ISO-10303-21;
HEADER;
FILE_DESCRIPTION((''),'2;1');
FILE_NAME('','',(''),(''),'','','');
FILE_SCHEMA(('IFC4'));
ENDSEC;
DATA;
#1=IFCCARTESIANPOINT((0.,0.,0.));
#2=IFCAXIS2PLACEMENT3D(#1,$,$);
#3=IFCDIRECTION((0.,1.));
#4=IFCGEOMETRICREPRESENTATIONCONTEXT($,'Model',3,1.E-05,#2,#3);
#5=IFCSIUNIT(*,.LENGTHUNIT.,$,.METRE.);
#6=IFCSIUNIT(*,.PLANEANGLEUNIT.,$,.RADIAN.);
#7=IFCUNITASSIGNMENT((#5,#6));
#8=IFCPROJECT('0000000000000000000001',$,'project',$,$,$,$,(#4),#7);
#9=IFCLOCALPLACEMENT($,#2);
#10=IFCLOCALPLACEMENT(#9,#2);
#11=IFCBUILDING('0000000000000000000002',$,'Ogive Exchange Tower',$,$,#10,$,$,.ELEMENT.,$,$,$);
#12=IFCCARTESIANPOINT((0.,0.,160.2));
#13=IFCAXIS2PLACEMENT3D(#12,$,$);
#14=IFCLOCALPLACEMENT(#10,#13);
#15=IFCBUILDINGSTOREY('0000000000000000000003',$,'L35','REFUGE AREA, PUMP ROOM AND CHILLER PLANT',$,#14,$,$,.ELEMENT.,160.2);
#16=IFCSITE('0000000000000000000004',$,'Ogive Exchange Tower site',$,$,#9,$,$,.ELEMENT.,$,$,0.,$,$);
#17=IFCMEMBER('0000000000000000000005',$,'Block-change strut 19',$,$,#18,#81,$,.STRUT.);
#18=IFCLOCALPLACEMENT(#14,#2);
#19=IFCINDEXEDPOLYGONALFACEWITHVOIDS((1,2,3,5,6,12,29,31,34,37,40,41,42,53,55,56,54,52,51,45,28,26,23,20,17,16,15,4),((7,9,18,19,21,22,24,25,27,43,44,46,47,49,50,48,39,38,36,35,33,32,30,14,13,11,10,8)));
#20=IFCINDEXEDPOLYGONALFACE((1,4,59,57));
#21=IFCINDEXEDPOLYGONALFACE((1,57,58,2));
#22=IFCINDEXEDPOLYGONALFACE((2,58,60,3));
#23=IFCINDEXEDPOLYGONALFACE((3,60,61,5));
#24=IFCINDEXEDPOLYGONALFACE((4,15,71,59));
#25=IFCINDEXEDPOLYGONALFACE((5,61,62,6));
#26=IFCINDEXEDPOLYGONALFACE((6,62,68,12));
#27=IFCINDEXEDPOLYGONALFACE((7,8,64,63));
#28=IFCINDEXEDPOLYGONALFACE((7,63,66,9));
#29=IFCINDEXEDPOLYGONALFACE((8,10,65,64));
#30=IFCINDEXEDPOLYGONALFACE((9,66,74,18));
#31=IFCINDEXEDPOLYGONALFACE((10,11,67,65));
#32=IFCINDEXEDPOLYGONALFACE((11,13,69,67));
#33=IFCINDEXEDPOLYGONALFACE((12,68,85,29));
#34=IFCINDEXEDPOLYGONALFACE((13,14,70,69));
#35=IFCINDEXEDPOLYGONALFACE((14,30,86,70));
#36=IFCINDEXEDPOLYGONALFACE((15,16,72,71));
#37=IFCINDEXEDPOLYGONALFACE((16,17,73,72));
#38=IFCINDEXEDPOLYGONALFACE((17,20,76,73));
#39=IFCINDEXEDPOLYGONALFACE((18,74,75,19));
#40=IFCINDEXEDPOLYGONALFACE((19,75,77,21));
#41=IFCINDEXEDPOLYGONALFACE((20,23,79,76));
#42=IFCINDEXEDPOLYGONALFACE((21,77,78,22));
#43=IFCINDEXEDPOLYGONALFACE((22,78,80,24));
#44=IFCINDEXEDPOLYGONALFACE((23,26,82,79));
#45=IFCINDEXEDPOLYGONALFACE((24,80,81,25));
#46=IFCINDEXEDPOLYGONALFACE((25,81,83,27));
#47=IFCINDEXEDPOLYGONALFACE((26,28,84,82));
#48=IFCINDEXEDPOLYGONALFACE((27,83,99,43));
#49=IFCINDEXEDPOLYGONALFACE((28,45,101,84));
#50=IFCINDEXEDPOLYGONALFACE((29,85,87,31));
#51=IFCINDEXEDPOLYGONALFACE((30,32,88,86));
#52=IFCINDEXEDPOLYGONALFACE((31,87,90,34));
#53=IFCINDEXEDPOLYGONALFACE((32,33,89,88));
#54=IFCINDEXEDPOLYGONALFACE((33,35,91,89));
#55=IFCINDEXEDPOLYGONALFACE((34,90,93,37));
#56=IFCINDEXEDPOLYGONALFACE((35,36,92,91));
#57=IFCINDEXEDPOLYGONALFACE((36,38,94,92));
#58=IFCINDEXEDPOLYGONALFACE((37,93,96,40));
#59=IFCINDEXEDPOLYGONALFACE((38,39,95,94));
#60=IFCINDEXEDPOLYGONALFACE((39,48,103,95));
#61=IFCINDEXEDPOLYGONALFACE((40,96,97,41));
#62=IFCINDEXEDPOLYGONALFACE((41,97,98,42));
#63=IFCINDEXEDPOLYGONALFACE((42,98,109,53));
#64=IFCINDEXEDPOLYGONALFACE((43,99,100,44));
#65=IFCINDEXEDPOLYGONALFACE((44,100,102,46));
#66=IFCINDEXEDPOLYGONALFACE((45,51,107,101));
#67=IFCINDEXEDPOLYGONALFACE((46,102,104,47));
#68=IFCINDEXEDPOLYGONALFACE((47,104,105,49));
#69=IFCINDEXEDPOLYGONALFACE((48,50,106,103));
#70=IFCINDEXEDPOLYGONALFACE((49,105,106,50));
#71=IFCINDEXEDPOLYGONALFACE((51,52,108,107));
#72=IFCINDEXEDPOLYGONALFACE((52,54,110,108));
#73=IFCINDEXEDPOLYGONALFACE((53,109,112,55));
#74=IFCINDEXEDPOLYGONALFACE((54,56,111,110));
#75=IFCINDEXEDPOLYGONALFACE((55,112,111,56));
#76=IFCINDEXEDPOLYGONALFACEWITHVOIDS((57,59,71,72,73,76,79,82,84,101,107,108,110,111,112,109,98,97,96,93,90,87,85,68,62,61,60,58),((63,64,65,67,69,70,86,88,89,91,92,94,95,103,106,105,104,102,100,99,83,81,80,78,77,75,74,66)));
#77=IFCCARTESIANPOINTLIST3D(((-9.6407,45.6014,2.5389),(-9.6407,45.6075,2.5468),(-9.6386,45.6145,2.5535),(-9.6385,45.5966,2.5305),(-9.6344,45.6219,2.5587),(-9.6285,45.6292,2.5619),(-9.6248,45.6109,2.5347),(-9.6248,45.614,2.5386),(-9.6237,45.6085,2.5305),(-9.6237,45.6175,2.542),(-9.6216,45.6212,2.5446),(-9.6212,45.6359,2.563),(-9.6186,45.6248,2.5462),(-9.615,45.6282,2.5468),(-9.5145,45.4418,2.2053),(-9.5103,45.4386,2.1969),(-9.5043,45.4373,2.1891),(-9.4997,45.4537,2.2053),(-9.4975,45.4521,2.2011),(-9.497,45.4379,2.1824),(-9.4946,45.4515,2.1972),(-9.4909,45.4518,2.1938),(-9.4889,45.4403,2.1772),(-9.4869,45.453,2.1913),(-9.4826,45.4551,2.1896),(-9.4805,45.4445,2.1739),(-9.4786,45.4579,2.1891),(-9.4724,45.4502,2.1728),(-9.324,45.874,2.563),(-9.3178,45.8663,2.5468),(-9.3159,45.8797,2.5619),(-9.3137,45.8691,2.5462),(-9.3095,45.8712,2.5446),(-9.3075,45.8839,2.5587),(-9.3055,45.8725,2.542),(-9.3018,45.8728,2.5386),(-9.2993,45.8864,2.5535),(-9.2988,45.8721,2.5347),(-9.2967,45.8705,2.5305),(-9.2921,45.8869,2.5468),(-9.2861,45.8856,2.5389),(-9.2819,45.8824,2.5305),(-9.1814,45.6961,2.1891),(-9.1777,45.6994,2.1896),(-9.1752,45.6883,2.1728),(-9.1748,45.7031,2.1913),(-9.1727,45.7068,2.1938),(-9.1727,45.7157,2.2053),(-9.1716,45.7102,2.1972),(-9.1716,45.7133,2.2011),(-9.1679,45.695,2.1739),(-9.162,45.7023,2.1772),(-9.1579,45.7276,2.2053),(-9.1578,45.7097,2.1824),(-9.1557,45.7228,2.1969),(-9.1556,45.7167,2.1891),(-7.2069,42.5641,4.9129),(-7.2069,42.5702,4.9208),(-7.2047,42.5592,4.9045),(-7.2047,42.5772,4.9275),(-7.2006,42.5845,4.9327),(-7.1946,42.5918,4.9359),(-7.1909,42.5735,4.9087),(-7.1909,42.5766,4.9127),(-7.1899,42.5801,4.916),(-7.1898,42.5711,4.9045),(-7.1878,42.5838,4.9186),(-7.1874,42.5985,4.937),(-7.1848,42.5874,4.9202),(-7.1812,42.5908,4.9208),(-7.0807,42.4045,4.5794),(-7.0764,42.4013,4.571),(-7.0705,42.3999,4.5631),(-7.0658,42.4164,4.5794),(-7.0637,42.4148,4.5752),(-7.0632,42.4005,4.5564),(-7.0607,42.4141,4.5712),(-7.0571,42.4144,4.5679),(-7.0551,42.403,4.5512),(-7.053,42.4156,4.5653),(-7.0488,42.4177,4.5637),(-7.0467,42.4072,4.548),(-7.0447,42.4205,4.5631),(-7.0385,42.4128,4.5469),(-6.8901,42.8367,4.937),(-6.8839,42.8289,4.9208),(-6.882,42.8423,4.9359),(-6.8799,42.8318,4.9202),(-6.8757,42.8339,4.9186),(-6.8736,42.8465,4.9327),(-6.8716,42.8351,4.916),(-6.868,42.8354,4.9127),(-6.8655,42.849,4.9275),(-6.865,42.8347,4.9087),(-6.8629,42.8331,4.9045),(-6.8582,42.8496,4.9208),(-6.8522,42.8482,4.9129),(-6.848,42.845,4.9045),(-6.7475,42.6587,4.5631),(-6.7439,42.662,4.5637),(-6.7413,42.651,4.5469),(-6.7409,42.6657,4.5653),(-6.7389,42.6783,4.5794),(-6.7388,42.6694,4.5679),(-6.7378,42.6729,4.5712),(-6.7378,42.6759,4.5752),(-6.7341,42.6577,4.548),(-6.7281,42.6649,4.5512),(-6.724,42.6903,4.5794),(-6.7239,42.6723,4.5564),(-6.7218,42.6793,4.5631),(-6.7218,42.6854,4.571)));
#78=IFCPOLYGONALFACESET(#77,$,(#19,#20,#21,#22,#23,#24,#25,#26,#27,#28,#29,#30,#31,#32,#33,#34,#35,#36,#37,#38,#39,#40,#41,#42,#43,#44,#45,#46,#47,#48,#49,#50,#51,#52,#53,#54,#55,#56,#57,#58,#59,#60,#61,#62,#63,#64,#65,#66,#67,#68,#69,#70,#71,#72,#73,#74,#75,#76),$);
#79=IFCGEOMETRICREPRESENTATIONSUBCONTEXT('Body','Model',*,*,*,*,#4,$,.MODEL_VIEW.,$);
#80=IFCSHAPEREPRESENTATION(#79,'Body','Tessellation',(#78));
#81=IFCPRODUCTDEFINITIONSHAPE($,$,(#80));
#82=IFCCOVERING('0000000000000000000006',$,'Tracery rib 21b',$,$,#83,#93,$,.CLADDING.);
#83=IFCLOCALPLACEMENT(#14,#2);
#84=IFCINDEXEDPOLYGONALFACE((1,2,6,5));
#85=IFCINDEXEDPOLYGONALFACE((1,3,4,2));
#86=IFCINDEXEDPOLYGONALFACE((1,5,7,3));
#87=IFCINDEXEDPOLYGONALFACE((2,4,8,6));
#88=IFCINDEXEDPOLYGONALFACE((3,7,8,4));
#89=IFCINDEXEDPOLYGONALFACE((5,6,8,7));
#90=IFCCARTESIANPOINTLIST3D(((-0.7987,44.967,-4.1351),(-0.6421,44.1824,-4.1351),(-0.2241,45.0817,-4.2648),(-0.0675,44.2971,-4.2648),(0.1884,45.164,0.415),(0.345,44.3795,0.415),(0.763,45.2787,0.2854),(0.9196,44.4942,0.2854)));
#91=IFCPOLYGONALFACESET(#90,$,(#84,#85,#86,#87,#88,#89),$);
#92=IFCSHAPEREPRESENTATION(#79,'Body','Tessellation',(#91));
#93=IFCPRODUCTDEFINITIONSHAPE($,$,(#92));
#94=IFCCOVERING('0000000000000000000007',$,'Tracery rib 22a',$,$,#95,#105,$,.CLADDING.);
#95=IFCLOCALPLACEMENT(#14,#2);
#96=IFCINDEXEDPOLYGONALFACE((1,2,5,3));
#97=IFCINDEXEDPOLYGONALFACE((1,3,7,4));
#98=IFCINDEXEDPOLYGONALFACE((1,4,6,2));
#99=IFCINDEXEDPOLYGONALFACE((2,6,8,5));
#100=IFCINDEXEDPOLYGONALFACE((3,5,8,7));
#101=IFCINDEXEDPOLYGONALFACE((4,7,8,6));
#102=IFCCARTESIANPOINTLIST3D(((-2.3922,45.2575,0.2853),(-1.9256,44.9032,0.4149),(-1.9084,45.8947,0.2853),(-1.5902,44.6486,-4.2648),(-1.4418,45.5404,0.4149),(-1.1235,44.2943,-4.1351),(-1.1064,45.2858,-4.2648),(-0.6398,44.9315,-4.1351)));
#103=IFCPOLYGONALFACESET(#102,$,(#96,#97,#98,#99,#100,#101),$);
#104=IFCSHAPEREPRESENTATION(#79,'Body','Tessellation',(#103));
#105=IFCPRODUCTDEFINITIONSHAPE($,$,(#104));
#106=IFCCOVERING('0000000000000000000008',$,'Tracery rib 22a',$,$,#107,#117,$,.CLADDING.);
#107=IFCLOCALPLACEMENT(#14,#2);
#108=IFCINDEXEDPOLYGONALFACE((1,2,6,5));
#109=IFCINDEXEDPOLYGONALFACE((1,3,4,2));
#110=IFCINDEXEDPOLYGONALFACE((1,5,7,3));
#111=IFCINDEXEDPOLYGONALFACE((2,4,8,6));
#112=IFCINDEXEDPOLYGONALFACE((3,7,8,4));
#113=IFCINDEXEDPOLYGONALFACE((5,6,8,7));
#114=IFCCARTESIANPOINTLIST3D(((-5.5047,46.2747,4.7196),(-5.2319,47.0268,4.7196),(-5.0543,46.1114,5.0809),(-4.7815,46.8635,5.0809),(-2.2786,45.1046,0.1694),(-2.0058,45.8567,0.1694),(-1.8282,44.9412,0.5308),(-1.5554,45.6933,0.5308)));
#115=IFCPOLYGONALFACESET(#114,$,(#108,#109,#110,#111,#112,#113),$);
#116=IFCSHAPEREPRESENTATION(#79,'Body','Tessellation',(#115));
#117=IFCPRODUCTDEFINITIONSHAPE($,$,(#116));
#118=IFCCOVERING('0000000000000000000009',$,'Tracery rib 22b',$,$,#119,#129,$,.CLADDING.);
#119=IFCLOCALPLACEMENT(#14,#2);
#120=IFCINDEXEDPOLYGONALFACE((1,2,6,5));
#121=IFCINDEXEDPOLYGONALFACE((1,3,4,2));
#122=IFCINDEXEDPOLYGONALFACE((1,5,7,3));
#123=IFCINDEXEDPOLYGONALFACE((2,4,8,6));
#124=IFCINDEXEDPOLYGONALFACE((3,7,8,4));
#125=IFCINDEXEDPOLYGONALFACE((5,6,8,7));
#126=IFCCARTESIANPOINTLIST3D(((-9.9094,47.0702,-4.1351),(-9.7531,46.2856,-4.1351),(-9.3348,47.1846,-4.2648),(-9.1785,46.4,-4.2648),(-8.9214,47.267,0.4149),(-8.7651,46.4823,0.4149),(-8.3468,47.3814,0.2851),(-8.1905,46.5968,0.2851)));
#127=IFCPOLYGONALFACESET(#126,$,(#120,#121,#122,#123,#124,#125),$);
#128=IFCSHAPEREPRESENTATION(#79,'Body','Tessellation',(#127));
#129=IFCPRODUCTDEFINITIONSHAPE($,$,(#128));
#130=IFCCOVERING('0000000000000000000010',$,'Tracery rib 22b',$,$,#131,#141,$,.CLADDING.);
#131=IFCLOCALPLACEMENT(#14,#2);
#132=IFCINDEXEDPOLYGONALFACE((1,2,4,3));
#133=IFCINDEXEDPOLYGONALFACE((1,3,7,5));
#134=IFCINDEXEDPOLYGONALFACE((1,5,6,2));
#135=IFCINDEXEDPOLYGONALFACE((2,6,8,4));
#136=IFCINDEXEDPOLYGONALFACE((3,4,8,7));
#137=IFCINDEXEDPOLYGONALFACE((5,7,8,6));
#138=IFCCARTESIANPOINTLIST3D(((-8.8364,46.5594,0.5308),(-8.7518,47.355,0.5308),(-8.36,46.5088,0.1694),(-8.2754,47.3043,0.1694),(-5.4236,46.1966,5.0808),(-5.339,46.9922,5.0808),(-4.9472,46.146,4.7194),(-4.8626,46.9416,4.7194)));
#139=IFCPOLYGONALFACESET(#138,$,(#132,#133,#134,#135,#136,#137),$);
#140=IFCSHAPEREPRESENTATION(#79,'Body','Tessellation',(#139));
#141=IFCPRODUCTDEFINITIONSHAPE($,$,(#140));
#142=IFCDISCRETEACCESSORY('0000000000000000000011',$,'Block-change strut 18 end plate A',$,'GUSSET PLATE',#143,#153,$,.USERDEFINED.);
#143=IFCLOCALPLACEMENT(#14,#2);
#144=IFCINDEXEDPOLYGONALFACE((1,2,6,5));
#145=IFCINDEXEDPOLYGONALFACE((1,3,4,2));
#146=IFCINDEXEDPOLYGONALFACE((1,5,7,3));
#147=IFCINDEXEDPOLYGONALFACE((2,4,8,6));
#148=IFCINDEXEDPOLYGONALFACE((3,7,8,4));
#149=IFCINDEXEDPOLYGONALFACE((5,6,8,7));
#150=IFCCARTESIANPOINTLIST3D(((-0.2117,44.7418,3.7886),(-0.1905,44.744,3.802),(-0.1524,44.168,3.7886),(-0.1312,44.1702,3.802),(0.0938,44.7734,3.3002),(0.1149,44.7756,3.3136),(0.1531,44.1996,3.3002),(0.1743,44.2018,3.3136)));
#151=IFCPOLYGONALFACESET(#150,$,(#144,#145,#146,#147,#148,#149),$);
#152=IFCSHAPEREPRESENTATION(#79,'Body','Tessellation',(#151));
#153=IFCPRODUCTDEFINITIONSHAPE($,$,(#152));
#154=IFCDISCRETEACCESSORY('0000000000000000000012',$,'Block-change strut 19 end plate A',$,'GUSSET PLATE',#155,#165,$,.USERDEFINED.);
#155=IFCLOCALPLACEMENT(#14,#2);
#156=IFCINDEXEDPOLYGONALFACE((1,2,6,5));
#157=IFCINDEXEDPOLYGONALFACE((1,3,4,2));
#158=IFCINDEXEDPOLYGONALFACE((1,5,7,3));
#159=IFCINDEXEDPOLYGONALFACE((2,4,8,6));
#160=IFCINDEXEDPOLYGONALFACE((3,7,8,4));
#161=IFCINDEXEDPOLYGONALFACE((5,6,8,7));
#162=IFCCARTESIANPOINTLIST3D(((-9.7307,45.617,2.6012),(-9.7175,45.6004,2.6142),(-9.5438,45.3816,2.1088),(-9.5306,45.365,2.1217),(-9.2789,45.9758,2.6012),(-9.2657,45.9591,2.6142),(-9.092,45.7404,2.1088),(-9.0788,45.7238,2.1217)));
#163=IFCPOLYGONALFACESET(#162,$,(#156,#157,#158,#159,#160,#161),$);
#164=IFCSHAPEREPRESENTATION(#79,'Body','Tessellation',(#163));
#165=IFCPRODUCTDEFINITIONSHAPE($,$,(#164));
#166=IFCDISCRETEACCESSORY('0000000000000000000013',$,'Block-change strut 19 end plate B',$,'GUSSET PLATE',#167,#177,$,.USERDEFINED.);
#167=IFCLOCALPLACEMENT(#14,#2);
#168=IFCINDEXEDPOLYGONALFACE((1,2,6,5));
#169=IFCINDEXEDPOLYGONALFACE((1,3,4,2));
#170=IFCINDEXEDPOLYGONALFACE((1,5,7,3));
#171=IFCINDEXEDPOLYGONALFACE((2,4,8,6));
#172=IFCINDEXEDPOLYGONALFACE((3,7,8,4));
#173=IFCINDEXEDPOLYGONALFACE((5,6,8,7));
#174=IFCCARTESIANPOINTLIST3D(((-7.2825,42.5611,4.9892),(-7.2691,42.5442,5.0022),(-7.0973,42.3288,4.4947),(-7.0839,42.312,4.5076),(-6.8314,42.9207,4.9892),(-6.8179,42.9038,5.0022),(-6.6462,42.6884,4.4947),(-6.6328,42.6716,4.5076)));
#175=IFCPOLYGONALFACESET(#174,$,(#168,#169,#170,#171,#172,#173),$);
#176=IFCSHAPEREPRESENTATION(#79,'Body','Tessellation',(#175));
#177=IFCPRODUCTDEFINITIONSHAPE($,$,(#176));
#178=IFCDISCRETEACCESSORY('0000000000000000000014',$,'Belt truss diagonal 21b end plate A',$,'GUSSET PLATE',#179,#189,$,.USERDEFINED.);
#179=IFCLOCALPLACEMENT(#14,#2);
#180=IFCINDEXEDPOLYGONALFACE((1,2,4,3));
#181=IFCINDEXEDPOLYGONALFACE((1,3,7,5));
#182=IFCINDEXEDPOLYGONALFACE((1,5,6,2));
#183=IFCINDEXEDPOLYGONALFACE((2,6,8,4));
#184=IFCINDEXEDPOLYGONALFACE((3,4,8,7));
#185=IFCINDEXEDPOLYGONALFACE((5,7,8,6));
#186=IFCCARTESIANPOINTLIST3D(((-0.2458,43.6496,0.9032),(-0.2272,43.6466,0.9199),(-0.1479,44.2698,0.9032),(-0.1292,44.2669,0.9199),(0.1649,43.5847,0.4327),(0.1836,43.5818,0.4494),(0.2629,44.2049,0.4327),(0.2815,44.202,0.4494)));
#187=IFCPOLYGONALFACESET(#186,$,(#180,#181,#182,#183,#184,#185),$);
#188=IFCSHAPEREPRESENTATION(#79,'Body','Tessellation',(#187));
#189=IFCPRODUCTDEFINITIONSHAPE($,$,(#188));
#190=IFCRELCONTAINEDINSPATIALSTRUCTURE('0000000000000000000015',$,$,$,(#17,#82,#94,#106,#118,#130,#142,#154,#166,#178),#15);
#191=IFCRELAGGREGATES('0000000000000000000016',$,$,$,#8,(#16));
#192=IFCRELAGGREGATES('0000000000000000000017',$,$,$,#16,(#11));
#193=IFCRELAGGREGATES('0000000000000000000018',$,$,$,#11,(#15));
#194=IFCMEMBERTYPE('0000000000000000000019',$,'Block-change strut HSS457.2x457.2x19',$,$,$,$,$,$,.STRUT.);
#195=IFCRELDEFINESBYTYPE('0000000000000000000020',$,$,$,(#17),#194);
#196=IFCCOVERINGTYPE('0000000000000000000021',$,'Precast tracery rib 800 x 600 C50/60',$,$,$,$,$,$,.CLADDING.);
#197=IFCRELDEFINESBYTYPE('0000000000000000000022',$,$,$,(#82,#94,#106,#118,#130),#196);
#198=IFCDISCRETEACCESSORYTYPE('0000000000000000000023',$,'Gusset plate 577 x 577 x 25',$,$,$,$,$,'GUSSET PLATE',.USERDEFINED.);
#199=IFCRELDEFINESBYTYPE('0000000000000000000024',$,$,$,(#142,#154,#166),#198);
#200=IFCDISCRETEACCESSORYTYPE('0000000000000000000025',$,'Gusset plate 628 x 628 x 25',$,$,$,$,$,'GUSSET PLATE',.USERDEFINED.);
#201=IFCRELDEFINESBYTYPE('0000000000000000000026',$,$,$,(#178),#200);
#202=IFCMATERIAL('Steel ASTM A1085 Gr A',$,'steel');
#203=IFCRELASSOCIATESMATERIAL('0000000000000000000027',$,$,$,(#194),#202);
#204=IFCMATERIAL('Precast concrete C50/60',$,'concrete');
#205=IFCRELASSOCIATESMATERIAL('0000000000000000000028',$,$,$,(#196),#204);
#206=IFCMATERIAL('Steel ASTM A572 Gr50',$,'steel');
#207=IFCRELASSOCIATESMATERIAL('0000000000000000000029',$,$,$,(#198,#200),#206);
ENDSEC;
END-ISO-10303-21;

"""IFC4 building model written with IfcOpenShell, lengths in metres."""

from ifc_helpers import new_model, si_unit, direction, frame, origin, origin_2d, place, context, subcontext, project, spatial, rectangle, hollow_rectangle, extrude, material, material_profile, profile_set, type_object, element, save


model = new_model("IFC4")

# Units and contexts
model_context = context("Model", 3, precision=1e-05, world=origin(), true_north=direction((0.0, 1.0)))
body_context = subcontext(model_context, "Body", "Model", "MODEL_VIEW")
ifc_project = project(units=[si_unit("LENGTHUNIT", "METRE"), si_unit("PLANEANGLEUNIT", "RADIAN")], contexts=[model_context])

# Site, building, storey
site_placement = place(None, origin())
site = spatial("IfcSite", under=ifc_project, at=site_placement, Name="Ogive Exchange Tower site", CompositionType="ELEMENT", RefElevation=0.0)
building_placement = place(site_placement, origin())
building = spatial("IfcBuilding", under=site, at=building_placement, Name="Ogive Exchange Tower", CompositionType="ELEMENT")
storey_placement = place(building_placement, frame((0.0, 0.0, 160.2)))
storey = spatial("IfcBuildingStorey", under=building, at=storey_placement, Name="L35", Description="REFUGE AREA, PUMP ROOM AND CHILLER PLANT", CompositionType="ELEMENT", Elevation=160.2)

# Shared definitions
ifc_material_1 = material(Name="Steel ASTM A1085 Gr A", Category="steel")

# Member
ifc_material_profile_1 = material_profile(ifc_material_1, hollow_rectangle(XDim=0.457, YDim=0.457, WallThickness=0.019, InnerFilletRadius=0.019, OuterFilletRadius=0.0381, at=origin_2d()), Name="HSS457.2x457.2x19")
ifc_profile_set_1 = profile_set([ifc_material_profile_1], Name="Steel ASTM A1085 Gr A")
member_type_1 = type_object("IfcMemberType", Name="Block-change strut HSS457.2x457.2x19", PredefinedType="STRUT", material=ifc_profile_set_1)
member_1_placement = place(storey_placement, frame((-9.3982, 45.6621, 2.3679), z_axis=(0.533846, -0.666223, 0.520726), x_axis=(0.780373, 0.625314, 0.0)))
element("IfcMember", 1, at=member_1_placement, inside=storey, type_object=member_type_1, Name="Block-change strut 19", PredefinedType="STRUT", context=body_context, shape_type="SweptSolid", body=[
    extrude(hollow_rectangle(XDim=0.457, YDim=0.457, WallThickness=0.019, InnerFilletRadius=0.019, OuterFilletRadius=0.0381, at=origin_2d()), origin(), (0.0, 0.0, 1.0), 4.5591),
])

# Coverings
ifc_material_2 = material(Name="Precast concrete C50/60", Category="concrete")
ifc_material_profile_2 = material_profile(ifc_material_2, rectangle(XDim=0.8, YDim=0.6001, at=origin_2d()), Name="RIB 800 x 600")
ifc_profile_set_2 = profile_set([ifc_material_profile_2], Name="Precast concrete C50/60")
covering_type = type_object("IfcCoveringType", Name="Precast tracery rib 800 x 600 C50/60", PredefinedType="CLADDING", material=ifc_profile_set_2)
for number, where, z_axis, x_axis, name in (
    (2, (-0.4331, 44.6321, -4.2), (0.211813, 0.042279, 0.976395), (-0.195743, 0.980655, 0.0), "Tracery rib 21b"),
    (3, (-1.115, 44.79, -4.2), (-0.172098, 0.130658, 0.976376), (-0.604684, -0.796466, 0.0), "Tracery rib 22a"),
):
    element("IfcCovering", number, at=place(storey_placement, frame(where, z_axis=z_axis, x_axis=x_axis)), inside=storey, type_object=covering_type, Name=name, PredefinedType="CLADDING", context=body_context, shape_type="SweptSolid", body=[
        extrude(rectangle(XDim=0.8, YDim=0.6001, at=origin_2d()), origin(), (0.0, 0.0, 1.0), 4.6602),
    ])
covering_1_placement = place(storey_placement, frame((-1.917, 45.3989, 0.3501), z_axis=(-0.566067, 0.205325, 0.79838), x_axis=(-0.340983, -0.940069, 0.0)))
element("IfcCovering", 4, at=covering_1_placement, inside=storey, type_object=covering_type, Name="Tracery rib 22a", PredefinedType="CLADDING", context=body_context, shape_type="SweptSolid", body=[
    extrude(rectangle(XDim=0.8, YDim=0.6001, at=origin_2d()), origin(), (0.0, 0.0, 1.0), 5.6992),
])
covering_2_placement = place(storey_placement, frame((-9.5439, 46.7351, -4.2), z_axis=(0.212014, 0.042225, 0.976354), x_axis=(-0.195324, 0.980739, 0.0)))
element("IfcCovering", 5, at=covering_2_placement, inside=storey, type_object=covering_type, Name="Tracery rib 22b", PredefinedType="CLADDING", context=body_context, shape_type="SweptSolid", body=[
    extrude(rectangle(XDim=0.8, YDim=0.6001, at=origin_2d()), origin(), (0.0, 0.0, 1.0), 4.6602),
])
covering_3_placement = place(storey_placement, frame((-8.5559, 46.9319, 0.3501), z_axis=(0.598817, -0.063656, 0.798352), x_axis=(0.105707, 0.994397, 0.0)))
element("IfcCovering", 6, at=covering_3_placement, inside=storey, type_object=covering_type, Name="Tracery rib 22b", PredefinedType="CLADDING", context=body_context, shape_type="SweptSolid", body=[
    extrude(rectangle(XDim=0.8, YDim=0.6001, at=origin_2d()), origin(), (0.0, 0.0, 1.0), 5.6992),
])

# Discrete accessories
ifc_material_3 = material(Name="Steel ASTM A572 Gr50", Category="steel")
ifc_material_profile_3 = material_profile(ifc_material_3, rectangle(XDim=0.5769, YDim=0.5769, at=origin_2d()), Name="PL 577 x 577 x 25")
ifc_profile_set_3 = profile_set([ifc_material_profile_3], Name="Steel ASTM A572 Gr50")
discrete_accessory_type_1 = type_object("IfcDiscreteAccessoryType", Name="Gusset plate 577 x 577 x 25", ElementType="GUSSET PLATE", PredefinedType="USERDEFINED", material=ifc_profile_set_3)
discrete_accessory_1_placement = place(storey_placement, frame((-0.0293, 44.4707, 3.5444), z_axis=(0.842045, 0.087108, 0.532327), x_axis=(-0.102899, 0.994692, 0.0)))
element("IfcDiscreteAccessory", 7, at=discrete_accessory_1_placement, inside=storey, type_object=discrete_accessory_type_1, Name="Block-change strut 18 end plate A", ObjectType="GUSSET PLATE", PredefinedType="USERDEFINED", context=body_context, shape_type="SweptSolid", body=[
    extrude(rectangle(XDim=0.5769, YDim=0.5769, at=origin_2d()), origin(), (0.0, 0.0, 1.0), 0.0251),
])
discrete_accessory_2_placement = place(storey_placement, frame((-9.4114, 45.6787, 2.355), z_axis=(0.530817, -0.668436, 0.520987), x_axis=(0.783111, 0.621882, 0.0)))
element("IfcDiscreteAccessory", 8, at=discrete_accessory_2_placement, inside=storey, type_object=discrete_accessory_type_1, Name="Block-change strut 19 end plate A", ObjectType="GUSSET PLATE", PredefinedType="USERDEFINED", context=body_context, shape_type="SweptSolid", body=[
    extrude(rectangle(XDim=0.5769, YDim=0.5769, at=origin_2d()), origin(), (0.0, 0.0, 1.0), 0.0249),
])
discrete_accessory_3_placement = place(storey_placement, frame((-6.9644, 42.6248, 4.7419), z_axis=(0.534333, -0.670345, 0.514903), x_axis=(0.781973, 0.623312, 0.0)))
element("IfcDiscreteAccessory", 9, at=discrete_accessory_3_placement, inside=storey, type_object=discrete_accessory_type_1, Name="Block-change strut 19 end plate B", ObjectType="GUSSET PLATE", PredefinedType="USERDEFINED", context=body_context, shape_type="SweptSolid", body=[
    extrude(rectangle(XDim=0.5769, YDim=0.5769, at=origin_2d()), origin(), (0.0, 0.0, 1.0), 0.0251),
])
ifc_material_profile_4 = material_profile(ifc_material_3, rectangle(XDim=0.6279, YDim=0.6279, at=origin_2d()), Name="PL 628 x 628 x 25")
ifc_profile_set_4 = profile_set([ifc_material_profile_4], Name="Steel ASTM A572 Gr50")
discrete_accessory_type_2 = type_object("IfcDiscreteAccessoryType", Name="Gusset plate 628 x 628 x 25", ElementType="GUSSET PLATE", PredefinedType="USERDEFINED", material=ifc_profile_set_4)
for number, where, z_axis, x_axis, name in (
    (10, (0.0085, 43.9272, 0.668), (0.740135, -0.116863, 0.662226), (0.155963, 0.987763, 0.0), "Belt truss diagonal 21b end plate A"),
):
    element("IfcDiscreteAccessory", number, at=place(storey_placement, frame(where, z_axis=z_axis, x_axis=x_axis)), inside=storey, type_object=discrete_accessory_type_2, Name=name, ObjectType="GUSSET PLATE", PredefinedType="USERDEFINED", context=body_context, shape_type="SweptSolid", body=[
        extrude(rectangle(XDim=0.6279, YDim=0.6279, at=origin_2d()), origin(), (0.0, 0.0, 1.0), 0.0251),
    ])

save(model, "model.ifc")
